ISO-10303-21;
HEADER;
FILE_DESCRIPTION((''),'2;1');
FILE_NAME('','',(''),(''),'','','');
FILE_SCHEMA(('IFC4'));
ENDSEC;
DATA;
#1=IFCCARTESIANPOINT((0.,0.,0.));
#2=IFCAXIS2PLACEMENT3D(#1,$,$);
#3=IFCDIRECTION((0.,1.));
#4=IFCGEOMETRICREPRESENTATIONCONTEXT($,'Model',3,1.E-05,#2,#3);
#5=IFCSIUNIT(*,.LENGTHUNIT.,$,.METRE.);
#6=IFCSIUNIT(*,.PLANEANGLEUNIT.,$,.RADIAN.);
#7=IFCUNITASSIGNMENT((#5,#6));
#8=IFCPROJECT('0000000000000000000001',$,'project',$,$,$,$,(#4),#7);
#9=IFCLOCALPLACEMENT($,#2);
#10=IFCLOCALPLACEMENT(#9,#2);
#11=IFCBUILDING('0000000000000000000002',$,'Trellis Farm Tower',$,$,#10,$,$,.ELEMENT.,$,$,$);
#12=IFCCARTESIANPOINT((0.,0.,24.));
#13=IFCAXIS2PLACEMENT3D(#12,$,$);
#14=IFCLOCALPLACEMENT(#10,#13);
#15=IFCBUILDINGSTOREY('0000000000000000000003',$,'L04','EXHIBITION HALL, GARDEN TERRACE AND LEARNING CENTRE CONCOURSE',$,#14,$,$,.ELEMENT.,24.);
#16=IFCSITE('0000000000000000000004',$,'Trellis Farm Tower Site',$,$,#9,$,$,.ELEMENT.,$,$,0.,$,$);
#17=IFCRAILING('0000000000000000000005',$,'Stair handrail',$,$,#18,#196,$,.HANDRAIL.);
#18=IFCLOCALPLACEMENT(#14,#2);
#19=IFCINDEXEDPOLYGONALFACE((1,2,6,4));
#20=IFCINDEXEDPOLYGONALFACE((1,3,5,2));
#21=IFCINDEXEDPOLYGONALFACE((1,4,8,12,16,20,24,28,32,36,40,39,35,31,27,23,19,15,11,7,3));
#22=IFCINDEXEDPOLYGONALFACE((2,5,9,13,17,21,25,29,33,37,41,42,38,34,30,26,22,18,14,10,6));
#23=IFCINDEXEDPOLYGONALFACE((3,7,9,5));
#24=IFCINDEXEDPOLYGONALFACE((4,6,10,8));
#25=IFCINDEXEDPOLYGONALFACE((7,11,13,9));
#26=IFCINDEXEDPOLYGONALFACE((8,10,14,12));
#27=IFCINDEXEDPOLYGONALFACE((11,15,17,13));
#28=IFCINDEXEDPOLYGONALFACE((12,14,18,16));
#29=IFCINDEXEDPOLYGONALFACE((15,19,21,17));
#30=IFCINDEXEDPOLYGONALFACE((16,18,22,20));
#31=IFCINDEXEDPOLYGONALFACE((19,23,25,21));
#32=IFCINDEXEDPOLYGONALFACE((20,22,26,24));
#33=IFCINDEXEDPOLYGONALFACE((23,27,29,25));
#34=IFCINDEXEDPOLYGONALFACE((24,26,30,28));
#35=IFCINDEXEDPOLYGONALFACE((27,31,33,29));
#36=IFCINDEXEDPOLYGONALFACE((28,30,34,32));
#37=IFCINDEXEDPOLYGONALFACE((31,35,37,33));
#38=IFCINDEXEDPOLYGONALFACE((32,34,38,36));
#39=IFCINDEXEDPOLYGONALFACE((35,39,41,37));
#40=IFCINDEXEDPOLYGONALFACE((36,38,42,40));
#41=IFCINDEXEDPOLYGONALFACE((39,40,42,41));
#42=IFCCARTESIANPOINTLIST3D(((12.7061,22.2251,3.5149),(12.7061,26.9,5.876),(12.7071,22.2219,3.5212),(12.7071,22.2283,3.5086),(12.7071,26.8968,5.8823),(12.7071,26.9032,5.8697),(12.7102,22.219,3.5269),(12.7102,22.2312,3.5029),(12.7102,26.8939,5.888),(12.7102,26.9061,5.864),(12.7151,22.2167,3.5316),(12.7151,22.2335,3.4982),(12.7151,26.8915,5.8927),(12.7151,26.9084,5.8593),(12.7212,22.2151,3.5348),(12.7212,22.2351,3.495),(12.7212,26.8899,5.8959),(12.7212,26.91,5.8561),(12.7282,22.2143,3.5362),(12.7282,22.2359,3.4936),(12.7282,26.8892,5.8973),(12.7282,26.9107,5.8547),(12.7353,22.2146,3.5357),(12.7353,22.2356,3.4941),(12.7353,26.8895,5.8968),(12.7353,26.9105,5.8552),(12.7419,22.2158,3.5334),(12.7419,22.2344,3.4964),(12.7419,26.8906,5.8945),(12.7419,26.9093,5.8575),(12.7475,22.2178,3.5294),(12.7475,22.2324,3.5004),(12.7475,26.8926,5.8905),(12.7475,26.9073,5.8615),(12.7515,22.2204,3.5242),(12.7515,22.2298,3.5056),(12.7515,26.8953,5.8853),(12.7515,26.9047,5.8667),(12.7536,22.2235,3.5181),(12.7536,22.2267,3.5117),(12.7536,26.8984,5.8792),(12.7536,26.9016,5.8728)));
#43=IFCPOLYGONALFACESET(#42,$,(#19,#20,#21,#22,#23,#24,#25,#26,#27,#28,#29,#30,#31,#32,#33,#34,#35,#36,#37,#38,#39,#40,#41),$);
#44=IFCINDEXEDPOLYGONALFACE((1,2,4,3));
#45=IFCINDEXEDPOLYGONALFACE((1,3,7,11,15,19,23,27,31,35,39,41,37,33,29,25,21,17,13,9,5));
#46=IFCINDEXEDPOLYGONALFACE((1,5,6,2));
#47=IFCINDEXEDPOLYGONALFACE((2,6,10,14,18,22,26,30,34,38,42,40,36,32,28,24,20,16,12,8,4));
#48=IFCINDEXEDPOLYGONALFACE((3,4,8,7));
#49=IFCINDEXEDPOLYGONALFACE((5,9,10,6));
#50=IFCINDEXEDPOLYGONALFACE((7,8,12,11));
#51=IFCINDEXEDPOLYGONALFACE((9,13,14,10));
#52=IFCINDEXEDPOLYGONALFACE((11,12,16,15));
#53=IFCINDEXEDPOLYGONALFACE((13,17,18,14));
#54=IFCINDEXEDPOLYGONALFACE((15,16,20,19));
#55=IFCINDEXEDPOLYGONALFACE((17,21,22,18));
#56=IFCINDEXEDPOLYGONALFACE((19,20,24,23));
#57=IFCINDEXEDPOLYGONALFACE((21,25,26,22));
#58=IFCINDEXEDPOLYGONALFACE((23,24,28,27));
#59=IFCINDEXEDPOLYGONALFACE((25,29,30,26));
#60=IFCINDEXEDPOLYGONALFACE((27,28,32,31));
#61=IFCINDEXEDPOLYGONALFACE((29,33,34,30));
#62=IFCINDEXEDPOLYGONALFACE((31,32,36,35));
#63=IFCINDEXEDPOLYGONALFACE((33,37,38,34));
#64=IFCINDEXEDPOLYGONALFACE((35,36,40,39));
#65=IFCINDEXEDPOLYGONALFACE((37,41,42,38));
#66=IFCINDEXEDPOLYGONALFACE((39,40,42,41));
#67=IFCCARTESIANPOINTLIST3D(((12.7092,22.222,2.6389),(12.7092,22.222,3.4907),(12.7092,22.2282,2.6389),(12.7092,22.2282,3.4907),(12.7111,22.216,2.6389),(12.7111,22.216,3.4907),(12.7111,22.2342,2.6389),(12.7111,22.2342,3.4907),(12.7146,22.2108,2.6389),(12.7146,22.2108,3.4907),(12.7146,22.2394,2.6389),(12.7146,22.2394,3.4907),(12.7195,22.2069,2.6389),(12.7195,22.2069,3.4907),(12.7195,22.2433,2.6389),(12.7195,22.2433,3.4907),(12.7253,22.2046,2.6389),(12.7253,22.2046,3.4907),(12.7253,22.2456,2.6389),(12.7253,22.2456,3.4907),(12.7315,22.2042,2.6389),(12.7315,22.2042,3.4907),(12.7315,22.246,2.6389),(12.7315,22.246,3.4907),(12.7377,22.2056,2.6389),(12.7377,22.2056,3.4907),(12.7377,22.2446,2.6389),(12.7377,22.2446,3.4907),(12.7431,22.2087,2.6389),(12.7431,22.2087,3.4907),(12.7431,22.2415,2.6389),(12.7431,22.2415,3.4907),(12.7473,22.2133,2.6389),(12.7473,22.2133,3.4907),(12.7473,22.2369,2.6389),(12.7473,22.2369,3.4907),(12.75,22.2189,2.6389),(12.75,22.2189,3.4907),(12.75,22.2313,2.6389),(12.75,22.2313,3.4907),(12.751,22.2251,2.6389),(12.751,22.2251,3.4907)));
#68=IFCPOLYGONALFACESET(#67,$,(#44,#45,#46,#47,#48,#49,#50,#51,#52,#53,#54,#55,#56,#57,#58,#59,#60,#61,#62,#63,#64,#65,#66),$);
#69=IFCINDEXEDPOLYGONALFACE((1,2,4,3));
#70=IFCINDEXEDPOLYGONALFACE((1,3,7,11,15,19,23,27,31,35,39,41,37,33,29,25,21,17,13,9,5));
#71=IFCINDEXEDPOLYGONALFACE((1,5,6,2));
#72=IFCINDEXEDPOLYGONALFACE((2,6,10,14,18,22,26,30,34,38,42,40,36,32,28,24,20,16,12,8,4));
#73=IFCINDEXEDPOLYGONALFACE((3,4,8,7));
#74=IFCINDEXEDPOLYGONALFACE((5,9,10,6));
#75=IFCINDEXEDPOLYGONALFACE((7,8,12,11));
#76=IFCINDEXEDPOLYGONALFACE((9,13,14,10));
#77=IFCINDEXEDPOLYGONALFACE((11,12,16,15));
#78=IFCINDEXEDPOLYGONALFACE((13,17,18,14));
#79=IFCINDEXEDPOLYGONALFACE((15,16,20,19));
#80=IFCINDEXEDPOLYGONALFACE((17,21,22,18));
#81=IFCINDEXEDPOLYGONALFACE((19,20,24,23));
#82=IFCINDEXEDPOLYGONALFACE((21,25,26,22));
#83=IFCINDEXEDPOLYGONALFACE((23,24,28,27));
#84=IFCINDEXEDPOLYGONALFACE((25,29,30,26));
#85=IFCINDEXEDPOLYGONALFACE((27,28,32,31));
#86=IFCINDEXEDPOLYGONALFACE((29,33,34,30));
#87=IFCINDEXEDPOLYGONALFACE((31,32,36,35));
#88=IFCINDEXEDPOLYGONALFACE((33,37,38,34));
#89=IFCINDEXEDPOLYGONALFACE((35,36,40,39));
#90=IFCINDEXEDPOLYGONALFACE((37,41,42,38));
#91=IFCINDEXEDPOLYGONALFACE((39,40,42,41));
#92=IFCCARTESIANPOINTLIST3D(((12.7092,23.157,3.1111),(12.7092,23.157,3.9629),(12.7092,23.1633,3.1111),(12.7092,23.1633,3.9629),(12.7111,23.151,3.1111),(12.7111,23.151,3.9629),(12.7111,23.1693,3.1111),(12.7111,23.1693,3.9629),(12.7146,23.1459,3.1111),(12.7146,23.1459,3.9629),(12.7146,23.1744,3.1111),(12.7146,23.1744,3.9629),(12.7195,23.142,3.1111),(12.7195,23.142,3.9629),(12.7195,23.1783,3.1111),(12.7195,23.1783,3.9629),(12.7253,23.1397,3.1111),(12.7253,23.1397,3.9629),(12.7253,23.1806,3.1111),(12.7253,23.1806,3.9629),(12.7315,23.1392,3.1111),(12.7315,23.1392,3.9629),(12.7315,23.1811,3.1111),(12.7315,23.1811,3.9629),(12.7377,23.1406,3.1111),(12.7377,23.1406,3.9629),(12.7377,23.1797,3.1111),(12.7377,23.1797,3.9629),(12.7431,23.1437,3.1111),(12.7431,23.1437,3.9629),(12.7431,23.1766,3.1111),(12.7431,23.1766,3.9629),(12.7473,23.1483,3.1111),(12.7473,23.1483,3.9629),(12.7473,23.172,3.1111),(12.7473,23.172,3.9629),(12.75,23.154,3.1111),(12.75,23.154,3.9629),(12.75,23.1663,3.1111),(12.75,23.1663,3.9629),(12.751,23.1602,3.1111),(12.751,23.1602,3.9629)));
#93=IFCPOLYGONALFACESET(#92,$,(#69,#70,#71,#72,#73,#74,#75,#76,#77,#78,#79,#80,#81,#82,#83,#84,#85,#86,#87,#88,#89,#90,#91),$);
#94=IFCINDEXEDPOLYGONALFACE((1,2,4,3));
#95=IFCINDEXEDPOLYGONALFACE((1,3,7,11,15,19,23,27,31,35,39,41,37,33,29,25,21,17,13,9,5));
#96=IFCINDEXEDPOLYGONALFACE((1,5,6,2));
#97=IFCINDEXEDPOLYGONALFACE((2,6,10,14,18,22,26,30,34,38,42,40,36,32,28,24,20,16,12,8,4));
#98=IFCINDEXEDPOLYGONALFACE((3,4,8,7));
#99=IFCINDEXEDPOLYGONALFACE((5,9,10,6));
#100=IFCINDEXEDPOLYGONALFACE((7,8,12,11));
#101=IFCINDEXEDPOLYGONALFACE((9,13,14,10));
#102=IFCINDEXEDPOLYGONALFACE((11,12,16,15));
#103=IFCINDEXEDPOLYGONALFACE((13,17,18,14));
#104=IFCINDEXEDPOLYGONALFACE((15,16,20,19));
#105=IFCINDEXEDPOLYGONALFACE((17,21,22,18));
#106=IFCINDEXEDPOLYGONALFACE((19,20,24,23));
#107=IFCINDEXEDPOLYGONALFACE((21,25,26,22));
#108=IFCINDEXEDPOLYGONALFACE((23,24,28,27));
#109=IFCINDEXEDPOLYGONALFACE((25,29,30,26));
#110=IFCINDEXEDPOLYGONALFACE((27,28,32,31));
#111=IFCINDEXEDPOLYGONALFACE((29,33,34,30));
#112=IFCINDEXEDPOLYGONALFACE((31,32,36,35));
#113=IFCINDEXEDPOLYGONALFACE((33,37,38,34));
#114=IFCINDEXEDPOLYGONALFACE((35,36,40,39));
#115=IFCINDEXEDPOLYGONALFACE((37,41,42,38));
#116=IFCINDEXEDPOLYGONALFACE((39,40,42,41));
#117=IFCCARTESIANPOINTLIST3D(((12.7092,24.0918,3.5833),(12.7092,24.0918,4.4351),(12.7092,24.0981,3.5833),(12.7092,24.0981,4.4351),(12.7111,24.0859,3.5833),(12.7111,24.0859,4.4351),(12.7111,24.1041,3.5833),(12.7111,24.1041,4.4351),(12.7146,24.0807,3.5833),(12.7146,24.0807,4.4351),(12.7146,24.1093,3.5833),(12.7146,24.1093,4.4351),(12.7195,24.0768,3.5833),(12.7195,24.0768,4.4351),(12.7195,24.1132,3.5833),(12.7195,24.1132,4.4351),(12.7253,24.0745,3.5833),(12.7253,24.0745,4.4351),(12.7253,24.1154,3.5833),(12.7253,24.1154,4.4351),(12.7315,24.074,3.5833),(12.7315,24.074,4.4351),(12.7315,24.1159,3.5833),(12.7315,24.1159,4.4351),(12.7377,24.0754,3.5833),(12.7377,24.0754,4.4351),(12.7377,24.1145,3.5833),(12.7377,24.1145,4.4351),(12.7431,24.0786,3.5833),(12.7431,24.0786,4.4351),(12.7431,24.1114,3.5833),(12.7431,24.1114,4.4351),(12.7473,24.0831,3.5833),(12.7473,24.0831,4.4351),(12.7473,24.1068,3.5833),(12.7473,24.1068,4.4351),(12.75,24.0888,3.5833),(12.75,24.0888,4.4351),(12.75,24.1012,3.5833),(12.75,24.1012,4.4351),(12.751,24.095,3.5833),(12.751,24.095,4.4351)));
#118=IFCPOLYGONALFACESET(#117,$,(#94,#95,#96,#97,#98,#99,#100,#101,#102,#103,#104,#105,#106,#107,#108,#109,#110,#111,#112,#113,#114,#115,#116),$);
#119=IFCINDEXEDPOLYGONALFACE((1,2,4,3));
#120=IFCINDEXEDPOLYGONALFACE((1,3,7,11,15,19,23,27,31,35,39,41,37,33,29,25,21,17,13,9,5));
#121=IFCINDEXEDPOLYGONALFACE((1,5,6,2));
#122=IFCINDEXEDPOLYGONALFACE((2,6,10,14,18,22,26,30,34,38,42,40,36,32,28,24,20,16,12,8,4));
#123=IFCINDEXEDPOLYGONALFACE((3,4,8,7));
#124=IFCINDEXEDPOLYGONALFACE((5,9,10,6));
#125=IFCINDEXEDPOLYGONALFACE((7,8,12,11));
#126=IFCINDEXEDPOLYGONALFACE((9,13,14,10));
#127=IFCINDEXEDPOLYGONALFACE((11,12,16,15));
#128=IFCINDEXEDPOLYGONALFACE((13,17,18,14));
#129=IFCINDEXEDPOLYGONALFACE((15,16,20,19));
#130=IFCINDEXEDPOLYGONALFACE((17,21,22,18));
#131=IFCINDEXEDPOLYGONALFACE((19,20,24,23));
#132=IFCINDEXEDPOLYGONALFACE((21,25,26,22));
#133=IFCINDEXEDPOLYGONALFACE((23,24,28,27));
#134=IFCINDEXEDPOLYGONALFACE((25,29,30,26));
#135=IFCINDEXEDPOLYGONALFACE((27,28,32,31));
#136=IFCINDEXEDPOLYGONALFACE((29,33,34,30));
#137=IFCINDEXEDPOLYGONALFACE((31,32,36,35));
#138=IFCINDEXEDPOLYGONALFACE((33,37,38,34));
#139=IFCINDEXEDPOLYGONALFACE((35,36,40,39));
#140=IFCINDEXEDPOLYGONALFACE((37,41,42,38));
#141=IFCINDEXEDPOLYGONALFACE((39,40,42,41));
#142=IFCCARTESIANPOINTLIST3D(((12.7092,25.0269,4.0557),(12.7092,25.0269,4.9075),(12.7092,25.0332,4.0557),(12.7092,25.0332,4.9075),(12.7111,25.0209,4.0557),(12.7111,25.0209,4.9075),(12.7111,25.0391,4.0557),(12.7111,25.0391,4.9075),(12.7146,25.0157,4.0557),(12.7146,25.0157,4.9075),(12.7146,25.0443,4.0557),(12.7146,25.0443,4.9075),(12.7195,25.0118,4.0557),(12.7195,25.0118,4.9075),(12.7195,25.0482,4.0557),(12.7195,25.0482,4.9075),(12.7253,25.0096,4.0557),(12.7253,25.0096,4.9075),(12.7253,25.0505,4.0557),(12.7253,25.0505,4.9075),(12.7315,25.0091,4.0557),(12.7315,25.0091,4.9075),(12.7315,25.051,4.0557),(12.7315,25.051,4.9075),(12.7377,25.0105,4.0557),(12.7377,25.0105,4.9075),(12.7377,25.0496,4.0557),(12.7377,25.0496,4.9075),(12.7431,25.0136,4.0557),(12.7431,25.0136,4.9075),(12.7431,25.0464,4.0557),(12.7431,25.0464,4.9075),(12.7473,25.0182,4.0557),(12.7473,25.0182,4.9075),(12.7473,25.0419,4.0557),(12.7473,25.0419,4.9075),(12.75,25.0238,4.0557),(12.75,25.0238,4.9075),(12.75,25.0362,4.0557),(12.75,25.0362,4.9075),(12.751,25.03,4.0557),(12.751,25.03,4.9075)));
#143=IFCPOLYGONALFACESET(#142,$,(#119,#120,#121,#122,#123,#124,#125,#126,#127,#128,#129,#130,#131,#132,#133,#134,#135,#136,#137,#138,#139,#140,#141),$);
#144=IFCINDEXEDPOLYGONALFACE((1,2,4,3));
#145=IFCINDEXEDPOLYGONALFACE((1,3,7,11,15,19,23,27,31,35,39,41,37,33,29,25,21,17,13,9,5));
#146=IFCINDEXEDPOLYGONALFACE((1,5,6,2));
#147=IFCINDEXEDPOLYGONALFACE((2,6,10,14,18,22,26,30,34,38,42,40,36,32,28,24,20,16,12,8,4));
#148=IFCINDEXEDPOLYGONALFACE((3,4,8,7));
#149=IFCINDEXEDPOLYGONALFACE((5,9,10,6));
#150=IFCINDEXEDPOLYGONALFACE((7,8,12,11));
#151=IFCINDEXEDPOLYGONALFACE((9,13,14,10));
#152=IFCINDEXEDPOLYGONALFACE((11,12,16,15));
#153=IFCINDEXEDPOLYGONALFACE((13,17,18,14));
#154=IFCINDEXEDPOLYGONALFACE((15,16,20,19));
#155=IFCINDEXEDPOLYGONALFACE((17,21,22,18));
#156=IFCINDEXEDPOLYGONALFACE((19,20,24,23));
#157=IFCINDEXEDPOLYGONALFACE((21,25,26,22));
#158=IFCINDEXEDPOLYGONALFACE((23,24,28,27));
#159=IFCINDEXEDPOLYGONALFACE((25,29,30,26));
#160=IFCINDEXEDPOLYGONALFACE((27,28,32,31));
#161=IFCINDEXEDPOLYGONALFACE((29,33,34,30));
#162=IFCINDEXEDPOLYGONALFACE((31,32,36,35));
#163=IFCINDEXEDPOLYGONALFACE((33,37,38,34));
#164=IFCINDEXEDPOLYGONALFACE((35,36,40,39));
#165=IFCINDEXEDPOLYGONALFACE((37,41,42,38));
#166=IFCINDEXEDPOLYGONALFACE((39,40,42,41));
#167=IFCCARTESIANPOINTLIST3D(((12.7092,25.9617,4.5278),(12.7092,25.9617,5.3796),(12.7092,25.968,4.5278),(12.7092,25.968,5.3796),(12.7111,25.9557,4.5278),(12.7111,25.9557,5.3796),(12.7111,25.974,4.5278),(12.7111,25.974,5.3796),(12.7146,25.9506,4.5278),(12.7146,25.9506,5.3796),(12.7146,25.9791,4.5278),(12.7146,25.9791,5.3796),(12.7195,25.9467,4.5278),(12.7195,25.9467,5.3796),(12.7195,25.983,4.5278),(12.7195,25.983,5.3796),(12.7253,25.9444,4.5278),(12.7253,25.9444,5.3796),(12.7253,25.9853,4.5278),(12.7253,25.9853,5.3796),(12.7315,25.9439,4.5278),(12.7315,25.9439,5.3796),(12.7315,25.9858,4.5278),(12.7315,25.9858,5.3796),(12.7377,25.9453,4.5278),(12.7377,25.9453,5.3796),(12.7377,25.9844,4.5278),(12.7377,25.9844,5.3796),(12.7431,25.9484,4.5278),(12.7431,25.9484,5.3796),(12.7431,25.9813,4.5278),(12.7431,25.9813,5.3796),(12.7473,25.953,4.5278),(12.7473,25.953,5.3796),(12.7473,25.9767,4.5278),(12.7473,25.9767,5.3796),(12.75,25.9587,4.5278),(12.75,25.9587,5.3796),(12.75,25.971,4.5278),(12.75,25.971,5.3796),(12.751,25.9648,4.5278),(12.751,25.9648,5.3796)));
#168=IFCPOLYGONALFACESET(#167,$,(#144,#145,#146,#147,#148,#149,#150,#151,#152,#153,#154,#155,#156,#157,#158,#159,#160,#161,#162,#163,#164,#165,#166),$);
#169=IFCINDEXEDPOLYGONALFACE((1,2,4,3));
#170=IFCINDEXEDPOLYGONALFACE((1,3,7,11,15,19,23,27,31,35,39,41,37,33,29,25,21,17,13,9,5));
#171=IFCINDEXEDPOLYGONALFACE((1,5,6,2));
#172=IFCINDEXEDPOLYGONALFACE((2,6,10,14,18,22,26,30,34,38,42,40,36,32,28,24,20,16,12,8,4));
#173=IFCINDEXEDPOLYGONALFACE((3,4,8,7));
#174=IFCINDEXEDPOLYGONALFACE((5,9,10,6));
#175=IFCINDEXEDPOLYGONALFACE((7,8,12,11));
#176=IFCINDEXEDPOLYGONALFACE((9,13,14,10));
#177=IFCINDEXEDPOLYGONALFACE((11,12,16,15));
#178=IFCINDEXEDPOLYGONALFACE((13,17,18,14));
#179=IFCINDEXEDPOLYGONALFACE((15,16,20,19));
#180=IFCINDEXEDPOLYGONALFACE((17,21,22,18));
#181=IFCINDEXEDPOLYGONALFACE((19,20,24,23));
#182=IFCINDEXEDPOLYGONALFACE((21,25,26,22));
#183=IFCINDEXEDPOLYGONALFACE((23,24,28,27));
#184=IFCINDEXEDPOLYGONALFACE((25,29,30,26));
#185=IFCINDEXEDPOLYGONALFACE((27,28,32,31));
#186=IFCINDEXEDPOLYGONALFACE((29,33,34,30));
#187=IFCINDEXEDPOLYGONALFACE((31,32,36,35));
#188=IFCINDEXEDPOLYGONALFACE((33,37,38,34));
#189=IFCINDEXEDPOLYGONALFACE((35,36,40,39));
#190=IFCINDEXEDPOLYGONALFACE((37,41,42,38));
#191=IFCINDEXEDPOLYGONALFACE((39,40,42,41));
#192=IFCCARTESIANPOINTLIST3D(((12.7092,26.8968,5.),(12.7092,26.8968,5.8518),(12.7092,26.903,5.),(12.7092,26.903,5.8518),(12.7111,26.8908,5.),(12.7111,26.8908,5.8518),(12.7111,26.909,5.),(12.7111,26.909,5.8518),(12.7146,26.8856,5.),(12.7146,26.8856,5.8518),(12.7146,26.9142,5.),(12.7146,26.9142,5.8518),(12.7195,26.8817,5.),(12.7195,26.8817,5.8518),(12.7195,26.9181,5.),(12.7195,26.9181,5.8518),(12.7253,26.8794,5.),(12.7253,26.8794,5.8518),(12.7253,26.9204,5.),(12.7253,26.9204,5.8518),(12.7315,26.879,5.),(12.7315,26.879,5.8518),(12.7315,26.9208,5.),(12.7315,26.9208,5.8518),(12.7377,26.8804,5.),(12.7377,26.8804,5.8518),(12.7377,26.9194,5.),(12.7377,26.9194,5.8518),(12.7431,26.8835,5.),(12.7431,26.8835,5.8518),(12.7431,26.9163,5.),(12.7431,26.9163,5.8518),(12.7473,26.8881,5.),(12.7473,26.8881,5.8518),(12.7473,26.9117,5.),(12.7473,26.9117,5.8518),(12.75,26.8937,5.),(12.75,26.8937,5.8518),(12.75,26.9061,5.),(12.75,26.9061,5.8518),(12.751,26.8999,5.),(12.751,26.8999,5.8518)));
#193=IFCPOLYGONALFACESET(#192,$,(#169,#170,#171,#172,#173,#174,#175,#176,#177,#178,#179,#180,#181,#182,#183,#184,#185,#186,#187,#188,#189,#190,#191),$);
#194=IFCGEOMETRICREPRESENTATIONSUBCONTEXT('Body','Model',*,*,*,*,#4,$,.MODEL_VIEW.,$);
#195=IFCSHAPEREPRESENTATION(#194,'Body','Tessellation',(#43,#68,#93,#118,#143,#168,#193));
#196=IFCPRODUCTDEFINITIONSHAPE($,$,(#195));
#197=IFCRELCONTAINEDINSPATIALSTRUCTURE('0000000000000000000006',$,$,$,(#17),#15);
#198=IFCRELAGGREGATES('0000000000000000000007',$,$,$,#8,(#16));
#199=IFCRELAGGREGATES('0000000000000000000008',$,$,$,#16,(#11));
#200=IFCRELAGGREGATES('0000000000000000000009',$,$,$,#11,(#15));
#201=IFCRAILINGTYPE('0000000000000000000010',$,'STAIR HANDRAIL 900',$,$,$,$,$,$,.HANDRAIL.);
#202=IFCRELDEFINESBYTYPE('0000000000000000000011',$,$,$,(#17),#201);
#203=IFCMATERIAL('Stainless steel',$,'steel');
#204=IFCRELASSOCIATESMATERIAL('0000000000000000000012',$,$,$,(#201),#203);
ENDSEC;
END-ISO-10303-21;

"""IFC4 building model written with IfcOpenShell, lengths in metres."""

from ifc_helpers import new_model, si_unit, direction, frame, origin, origin_2d, place, context, subcontext, project, spatial, circle, extrude, source, transform, mapped, material, type_object, element, save


model = new_model("IFC4")

# Units and contexts
model_context = context("Model", 3, precision=1e-05, world=origin(), true_north=direction((0.0, 1.0)))
body_context = subcontext(model_context, "Body", "Model", "MODEL_VIEW")
ifc_project = project(units=[si_unit("LENGTHUNIT", "METRE"), si_unit("PLANEANGLEUNIT", "RADIAN")], contexts=[model_context])

# Site, building, storey
site_placement = place(None, origin())
site = spatial("IfcSite", under=ifc_project, at=site_placement, Name="Trellis Farm Tower Site", CompositionType="ELEMENT", RefElevation=0.0)
building_placement = place(site_placement, origin())
building = spatial("IfcBuilding", under=site, at=building_placement, Name="Trellis Farm Tower", CompositionType="ELEMENT")
storey_placement = place(building_placement, frame((0.0, 0.0, 24.0)))
storey = spatial("IfcBuildingStorey", under=building, at=storey_placement, Name="L04", Description="EXHIBITION HALL, GARDEN TERRACE AND LEARNING CENTRE CONCOURSE", CompositionType="ELEMENT", Elevation=24.0)

# Railing
ifc_material_1 = material(Name="Stainless steel", Category="steel")
railing_type = type_object("IfcRailingType", Name="STAIR HANDRAIL 900", PredefinedType="HANDRAIL", material=ifc_material_1)
shared_shape_1 = source(origin(), body_context, "Body", "SweptSolid", [
    extrude(circle(Radius=0.0239, at=origin_2d()), frame((0.0, 0.0, 0.876), z_axis=(0.0, 0.892611, 0.450827), x_axis=(-1.0, 0.0, 0.0)), (0.0, 0.0, 1.0), 5.2373),
    extrude(circle(Radius=0.021, at=origin_2d()), origin(), (0.0, 0.0, 1.0), 0.8518),
    extrude(circle(Radius=0.021, at=origin_2d()), frame((0.0, 0.9351, 0.4722)), (0.0, 0.0, 1.0), 0.8518),
    extrude(circle(Radius=0.021, at=origin_2d()), frame((0.0, 1.8699, 0.9443)), (0.0, 0.0, 1.0), 0.8518),
    extrude(circle(Radius=0.021, at=origin_2d()), frame((0.0, 2.8049, 1.4167)), (0.0, 0.0, 1.0), 0.8518),
    extrude(circle(Radius=0.021, at=origin_2d()), frame((0.0, 3.7397, 1.8889)), (0.0, 0.0, 1.0), 0.8518),
    extrude(circle(Radius=0.021, at=origin_2d()), frame((0.0, 4.6748, 2.3611)), (0.0, 0.0, 1.0), 0.8518),
])
for number, where, name in (
    (1, (12.73, 22.2251, 2.6389), "Stair handrail"),
):
    element("IfcRailing", number, at=place(storey_placement, frame(where)), inside=storey, type_object=railing_type, Name=name, PredefinedType="HANDRAIL", context=body_context, shape_type="MappedRepresentation", body=[
        mapped(shared_shape_1, transform((0.0, 0.0, 0.0))),
    ])

save(model, "model.ifc")
